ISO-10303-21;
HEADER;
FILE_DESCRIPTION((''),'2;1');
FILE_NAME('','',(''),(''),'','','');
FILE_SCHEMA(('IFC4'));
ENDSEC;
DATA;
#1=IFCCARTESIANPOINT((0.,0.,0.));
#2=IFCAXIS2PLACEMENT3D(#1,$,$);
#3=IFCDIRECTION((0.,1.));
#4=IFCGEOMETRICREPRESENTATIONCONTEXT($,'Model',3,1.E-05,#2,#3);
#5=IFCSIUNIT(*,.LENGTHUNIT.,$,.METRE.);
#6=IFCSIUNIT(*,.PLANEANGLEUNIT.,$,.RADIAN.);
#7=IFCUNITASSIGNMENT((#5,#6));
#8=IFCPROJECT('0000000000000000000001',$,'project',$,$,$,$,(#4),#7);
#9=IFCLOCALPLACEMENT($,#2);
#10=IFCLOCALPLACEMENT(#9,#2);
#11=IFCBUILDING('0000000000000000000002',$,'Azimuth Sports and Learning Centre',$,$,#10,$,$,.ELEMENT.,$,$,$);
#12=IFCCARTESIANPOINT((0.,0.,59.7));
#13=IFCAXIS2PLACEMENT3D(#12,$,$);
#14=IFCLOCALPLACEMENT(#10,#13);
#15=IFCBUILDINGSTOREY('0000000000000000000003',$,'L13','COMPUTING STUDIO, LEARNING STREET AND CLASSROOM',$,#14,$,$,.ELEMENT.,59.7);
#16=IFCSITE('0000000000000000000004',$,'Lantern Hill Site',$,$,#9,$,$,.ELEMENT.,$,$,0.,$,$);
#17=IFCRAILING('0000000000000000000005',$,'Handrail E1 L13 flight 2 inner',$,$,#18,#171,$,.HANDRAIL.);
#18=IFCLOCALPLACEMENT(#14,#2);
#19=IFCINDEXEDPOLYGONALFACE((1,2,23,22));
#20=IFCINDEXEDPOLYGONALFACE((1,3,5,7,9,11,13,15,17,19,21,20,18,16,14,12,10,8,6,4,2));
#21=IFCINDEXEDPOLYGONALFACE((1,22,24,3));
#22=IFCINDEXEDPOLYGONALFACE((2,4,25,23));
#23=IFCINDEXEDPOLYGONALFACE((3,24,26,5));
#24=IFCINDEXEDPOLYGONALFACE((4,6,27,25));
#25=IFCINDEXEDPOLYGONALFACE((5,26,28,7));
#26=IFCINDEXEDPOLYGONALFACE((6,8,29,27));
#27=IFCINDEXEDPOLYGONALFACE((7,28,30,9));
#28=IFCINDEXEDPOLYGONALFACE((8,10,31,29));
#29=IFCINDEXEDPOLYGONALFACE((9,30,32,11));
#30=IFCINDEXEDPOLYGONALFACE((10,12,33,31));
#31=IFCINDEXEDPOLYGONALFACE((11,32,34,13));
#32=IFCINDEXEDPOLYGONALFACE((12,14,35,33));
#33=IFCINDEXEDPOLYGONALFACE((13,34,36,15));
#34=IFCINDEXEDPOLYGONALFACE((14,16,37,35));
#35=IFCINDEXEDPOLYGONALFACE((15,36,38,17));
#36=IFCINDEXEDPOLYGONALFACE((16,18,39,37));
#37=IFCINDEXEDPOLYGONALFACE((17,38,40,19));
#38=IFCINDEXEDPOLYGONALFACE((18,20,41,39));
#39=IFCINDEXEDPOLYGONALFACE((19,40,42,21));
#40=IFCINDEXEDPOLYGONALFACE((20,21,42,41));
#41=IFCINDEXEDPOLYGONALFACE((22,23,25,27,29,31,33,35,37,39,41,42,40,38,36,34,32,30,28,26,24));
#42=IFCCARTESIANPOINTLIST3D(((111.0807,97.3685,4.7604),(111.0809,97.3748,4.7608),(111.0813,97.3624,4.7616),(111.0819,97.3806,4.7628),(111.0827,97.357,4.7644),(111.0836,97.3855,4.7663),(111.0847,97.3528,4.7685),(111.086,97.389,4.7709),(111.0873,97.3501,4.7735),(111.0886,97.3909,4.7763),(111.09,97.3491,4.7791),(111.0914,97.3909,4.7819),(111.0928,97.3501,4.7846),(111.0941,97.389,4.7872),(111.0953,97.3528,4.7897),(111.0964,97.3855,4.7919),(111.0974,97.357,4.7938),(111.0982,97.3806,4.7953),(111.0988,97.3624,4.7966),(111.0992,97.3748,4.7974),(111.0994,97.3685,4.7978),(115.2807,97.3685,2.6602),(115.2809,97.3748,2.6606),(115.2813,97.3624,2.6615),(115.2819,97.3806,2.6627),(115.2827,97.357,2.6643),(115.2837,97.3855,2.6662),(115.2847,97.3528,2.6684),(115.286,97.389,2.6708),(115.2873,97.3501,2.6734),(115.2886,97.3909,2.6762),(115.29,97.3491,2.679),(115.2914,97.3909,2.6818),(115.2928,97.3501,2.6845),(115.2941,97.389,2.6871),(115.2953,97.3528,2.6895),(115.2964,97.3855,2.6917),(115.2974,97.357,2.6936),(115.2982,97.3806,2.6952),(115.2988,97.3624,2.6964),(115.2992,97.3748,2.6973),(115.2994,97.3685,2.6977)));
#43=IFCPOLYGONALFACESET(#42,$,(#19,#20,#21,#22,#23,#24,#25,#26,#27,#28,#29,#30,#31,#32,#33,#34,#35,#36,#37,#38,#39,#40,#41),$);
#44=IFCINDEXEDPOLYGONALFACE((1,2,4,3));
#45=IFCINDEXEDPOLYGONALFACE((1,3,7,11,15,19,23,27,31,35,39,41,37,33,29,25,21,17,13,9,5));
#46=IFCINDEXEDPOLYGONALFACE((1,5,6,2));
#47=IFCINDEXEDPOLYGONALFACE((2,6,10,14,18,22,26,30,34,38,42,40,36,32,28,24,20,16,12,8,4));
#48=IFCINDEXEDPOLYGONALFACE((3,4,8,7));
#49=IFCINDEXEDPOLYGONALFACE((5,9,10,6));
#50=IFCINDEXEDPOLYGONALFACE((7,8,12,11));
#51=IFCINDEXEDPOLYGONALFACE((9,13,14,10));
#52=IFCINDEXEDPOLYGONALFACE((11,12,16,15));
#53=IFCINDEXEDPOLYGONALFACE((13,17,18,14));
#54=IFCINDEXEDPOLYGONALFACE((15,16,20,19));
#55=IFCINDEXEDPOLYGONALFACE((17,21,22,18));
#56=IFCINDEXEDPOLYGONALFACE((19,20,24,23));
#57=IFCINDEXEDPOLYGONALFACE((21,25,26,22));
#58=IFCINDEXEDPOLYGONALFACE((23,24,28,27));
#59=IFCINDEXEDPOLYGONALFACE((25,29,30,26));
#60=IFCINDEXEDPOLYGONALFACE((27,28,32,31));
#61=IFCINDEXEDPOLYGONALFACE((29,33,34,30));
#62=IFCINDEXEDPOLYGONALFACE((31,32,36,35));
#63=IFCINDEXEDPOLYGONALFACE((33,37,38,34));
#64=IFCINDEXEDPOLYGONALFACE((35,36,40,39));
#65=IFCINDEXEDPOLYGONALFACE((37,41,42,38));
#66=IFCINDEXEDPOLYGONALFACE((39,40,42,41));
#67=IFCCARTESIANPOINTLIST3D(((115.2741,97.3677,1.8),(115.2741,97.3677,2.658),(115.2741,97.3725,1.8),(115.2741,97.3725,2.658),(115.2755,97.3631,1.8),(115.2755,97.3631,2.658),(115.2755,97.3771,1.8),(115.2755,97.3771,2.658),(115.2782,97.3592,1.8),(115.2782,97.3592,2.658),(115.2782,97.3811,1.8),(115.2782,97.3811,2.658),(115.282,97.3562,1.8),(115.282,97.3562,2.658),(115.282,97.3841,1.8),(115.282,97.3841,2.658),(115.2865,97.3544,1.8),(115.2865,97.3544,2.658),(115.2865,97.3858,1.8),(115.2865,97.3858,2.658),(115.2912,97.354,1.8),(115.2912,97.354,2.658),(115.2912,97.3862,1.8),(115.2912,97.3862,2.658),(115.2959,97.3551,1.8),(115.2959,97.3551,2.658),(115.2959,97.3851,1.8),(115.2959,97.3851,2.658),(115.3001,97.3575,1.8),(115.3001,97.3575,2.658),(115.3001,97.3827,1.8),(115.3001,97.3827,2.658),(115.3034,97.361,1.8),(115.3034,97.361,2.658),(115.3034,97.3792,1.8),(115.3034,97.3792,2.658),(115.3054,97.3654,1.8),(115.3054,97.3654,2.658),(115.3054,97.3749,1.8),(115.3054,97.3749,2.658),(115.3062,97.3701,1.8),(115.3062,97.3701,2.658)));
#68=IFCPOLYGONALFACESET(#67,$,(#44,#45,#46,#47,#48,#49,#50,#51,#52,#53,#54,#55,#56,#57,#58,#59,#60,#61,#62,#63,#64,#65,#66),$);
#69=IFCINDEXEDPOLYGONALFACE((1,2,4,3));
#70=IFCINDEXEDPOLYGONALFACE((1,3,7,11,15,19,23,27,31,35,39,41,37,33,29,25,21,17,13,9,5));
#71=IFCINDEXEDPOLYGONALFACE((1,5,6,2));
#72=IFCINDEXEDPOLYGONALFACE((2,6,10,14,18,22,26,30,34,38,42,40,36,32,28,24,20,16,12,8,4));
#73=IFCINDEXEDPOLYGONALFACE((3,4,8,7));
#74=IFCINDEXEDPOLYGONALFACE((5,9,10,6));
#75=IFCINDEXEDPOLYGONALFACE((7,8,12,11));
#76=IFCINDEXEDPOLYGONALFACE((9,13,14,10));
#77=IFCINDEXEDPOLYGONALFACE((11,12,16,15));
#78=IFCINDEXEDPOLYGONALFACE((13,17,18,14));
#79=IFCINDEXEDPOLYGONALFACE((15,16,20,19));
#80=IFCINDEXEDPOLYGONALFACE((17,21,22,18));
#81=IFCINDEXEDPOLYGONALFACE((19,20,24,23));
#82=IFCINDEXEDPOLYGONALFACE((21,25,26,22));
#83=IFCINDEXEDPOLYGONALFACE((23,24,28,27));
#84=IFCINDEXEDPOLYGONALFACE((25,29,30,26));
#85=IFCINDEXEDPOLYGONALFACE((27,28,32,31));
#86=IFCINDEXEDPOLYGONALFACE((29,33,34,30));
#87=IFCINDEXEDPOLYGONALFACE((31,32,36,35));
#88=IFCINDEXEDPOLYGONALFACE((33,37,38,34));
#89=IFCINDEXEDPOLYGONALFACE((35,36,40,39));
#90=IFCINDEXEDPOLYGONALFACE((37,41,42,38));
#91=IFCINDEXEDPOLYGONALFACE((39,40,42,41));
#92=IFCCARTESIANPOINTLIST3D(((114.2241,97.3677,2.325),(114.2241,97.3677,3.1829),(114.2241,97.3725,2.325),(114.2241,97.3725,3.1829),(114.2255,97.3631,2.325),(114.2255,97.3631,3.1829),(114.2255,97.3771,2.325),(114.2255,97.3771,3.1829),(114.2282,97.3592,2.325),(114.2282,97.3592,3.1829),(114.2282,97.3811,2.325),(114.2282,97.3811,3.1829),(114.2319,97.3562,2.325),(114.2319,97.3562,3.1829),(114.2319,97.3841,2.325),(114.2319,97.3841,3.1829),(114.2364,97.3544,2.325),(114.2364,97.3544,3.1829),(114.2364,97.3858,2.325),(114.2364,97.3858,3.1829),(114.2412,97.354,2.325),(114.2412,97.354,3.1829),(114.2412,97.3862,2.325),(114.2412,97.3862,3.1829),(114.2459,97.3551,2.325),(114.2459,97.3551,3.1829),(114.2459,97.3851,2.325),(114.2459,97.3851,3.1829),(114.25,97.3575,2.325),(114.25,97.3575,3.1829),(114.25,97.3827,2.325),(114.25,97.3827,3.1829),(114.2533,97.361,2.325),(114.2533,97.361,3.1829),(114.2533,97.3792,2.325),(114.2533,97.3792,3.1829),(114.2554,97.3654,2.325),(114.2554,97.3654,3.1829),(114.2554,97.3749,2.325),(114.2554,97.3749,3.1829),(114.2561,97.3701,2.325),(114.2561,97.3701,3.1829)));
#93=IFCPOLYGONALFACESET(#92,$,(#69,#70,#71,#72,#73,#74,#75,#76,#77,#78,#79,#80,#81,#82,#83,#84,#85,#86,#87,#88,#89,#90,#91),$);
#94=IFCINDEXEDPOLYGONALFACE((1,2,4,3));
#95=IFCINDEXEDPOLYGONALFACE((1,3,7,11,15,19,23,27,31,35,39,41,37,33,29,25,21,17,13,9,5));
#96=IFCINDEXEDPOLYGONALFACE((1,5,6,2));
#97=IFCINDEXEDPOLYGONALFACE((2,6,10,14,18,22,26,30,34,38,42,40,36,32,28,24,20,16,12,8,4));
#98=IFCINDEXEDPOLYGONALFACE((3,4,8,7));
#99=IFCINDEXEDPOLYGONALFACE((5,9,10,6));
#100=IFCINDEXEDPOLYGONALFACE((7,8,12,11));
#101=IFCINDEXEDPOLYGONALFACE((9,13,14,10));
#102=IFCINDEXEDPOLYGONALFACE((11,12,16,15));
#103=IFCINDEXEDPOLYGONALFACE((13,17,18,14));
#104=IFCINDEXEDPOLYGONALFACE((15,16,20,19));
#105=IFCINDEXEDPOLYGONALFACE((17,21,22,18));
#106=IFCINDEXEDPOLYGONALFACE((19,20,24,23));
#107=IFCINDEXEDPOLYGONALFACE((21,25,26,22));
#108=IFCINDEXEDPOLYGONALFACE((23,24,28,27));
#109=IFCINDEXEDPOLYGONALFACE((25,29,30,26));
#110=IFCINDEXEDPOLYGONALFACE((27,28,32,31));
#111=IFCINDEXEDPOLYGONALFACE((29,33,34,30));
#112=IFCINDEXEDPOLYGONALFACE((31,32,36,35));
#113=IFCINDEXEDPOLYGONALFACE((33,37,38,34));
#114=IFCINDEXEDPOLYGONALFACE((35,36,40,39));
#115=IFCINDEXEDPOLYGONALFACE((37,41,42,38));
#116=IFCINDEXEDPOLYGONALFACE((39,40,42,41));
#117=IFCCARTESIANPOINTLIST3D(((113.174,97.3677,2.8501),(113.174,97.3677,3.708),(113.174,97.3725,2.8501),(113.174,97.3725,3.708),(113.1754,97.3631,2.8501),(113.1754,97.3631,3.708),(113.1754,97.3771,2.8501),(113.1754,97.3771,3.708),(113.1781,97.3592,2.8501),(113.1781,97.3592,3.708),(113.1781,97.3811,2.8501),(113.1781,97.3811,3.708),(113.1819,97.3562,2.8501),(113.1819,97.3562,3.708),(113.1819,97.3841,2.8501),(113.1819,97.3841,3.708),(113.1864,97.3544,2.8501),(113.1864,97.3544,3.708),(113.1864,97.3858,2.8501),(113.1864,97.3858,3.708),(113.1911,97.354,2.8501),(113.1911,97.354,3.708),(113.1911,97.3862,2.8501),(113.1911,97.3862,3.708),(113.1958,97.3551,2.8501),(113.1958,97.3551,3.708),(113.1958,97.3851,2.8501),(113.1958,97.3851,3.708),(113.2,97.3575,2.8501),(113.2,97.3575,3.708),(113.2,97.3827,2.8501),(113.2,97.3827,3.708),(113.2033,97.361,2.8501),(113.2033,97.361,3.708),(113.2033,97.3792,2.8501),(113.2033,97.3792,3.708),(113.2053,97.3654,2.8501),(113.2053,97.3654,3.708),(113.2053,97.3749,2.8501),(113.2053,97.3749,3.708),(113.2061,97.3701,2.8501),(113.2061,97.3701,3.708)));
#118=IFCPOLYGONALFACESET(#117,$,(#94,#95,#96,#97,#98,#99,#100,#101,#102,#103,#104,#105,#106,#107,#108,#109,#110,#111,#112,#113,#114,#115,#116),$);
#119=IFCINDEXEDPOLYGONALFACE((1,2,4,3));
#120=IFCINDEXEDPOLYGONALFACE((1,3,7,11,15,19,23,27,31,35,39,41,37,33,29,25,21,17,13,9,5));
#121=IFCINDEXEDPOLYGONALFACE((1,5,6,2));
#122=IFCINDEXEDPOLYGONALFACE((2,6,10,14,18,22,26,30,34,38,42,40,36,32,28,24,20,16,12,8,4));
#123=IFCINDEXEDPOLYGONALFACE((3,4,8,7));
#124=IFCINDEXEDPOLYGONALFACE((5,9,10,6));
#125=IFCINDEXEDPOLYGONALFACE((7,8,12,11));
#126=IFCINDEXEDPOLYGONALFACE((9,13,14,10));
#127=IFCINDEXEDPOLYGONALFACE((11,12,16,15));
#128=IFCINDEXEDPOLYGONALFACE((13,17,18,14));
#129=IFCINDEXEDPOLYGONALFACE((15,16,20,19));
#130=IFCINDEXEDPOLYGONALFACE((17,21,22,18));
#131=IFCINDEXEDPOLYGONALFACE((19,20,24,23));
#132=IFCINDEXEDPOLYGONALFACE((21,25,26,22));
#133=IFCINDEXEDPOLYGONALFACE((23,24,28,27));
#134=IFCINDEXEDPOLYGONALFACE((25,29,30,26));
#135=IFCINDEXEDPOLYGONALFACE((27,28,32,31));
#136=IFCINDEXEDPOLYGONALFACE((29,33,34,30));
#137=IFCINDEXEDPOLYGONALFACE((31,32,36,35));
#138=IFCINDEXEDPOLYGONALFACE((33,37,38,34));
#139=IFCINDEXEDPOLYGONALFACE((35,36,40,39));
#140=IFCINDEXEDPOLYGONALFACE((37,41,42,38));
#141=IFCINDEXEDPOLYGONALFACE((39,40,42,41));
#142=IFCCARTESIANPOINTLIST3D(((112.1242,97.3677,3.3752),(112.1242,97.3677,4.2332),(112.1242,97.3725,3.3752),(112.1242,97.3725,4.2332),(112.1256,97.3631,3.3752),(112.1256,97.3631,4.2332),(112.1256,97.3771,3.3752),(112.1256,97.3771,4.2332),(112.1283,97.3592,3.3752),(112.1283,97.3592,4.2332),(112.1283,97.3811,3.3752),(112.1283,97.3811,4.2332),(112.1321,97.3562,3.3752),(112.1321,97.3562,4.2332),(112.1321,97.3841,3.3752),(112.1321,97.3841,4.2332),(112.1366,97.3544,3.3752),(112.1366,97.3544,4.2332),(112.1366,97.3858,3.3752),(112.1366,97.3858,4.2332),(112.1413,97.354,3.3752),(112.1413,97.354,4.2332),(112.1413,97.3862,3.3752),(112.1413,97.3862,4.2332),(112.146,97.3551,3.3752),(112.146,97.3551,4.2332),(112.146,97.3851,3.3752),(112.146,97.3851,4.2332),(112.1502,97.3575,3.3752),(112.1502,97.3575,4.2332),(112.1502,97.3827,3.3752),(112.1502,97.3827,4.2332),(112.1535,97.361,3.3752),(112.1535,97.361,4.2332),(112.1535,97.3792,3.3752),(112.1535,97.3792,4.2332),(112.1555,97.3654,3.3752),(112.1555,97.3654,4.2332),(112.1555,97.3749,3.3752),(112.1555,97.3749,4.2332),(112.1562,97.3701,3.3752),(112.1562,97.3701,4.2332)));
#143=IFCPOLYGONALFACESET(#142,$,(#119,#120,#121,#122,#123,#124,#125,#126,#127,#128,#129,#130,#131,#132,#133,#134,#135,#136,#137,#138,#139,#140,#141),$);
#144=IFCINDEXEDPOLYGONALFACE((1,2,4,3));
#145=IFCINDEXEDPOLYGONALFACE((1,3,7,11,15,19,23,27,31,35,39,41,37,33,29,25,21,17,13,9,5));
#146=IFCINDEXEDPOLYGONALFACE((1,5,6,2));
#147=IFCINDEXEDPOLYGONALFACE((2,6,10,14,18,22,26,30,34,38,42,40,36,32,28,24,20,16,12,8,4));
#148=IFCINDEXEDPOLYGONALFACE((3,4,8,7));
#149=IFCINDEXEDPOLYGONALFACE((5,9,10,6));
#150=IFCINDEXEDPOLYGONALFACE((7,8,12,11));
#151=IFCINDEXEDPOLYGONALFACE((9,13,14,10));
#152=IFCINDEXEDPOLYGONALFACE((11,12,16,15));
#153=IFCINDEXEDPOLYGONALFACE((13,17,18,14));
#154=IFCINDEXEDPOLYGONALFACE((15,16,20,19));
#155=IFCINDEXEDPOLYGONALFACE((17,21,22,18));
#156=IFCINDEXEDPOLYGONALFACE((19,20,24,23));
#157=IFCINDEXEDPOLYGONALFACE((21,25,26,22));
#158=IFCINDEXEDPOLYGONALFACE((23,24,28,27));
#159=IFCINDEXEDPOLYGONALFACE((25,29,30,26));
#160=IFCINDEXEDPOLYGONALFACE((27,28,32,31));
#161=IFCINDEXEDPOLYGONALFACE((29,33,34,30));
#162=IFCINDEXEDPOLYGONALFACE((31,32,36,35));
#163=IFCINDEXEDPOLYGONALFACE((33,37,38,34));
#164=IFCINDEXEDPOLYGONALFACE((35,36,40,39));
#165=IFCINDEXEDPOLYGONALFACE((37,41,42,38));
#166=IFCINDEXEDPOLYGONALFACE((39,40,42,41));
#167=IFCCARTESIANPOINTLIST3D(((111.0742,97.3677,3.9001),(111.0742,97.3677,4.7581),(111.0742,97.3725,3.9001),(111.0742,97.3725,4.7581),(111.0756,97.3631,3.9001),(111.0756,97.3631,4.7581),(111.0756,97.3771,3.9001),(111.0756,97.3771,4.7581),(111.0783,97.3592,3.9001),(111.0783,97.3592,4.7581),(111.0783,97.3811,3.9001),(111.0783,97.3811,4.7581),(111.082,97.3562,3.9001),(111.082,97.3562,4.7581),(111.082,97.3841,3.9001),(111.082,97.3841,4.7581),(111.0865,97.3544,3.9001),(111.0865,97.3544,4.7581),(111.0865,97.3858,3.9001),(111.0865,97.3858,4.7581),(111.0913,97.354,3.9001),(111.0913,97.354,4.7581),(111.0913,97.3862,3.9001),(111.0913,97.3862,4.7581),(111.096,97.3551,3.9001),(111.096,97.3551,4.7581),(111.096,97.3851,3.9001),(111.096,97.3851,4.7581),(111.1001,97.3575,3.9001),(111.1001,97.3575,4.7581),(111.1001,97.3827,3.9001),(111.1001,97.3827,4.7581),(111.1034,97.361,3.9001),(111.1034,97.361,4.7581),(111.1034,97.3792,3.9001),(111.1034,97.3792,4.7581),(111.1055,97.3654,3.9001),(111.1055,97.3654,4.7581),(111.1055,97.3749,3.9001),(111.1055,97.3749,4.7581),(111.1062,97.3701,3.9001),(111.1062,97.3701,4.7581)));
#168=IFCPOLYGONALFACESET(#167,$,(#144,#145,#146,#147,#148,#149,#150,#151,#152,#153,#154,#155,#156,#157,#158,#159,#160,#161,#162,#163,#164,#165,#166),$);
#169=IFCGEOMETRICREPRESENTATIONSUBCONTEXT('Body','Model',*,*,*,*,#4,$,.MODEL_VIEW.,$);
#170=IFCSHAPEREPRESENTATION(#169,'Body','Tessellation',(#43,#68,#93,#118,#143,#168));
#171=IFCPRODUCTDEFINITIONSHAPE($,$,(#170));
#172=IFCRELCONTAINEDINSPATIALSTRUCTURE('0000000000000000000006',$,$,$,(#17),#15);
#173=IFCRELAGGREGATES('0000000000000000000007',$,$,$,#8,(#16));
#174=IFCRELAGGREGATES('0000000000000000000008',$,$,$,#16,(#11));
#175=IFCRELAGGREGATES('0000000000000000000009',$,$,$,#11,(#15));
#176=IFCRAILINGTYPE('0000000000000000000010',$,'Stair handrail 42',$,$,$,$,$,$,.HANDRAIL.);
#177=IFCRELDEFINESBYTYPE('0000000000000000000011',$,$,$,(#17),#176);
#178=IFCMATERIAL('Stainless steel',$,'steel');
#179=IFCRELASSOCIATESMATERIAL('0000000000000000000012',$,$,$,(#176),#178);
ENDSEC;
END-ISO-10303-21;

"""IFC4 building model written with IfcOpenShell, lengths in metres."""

from ifc_helpers import new_model, si_unit, direction, frame, origin, origin_2d, place, context, subcontext, project, spatial, circle, extrude, material, type_object, element, save


model = new_model("IFC4")

# Units and contexts
model_context = context("Model", 3, precision=1e-05, world=origin(), true_north=direction((0.0, 1.0)))
body_context = subcontext(model_context, "Body", "Model", "MODEL_VIEW")
ifc_project = project(units=[si_unit("LENGTHUNIT", "METRE"), si_unit("PLANEANGLEUNIT", "RADIAN")], contexts=[model_context])

# Site, building, storey
site_placement = place(None, origin())
site = spatial("IfcSite", under=ifc_project, at=site_placement, Name="Lantern Hill Site", CompositionType="ELEMENT", RefElevation=0.0)
building_placement = place(site_placement, origin())
building = spatial("IfcBuilding", under=site, at=building_placement, Name="Azimuth Sports and Learning Centre", CompositionType="ELEMENT")
storey_placement = place(building_placement, frame((0.0, 0.0, 59.7)))
storey = spatial("IfcBuildingStorey", under=building, at=storey_placement, Name="L13", Description="COMPUTING STUDIO, LEARNING STREET AND CLASSROOM", CompositionType="ELEMENT", Elevation=59.7)

# Railing
ifc_material_1 = material(Name="Stainless steel", Category="steel")
railing_type_1 = type_object("IfcRailingType", Name="Stair handrail 42", PredefinedType="HANDRAIL", material=ifc_material_1)
for number, where, name in (
    (1, (115.29, 97.3701, 1.8), "Handrail E1 L13 flight 2 inner"),
):
    element("IfcRailing", number, at=place(storey_placement, frame(where)), inside=storey, type_object=railing_type_1, Name=name, PredefinedType="HANDRAIL", context=body_context, shape_type="SweptSolid", body=[
        extrude(circle(Radius=0.021, at=origin_2d()), frame((0.0, 0.0, 0.8789), z_axis=(-0.894417, 0.0, 0.447234), x_axis=(0.0, -1.0, 0.0)), (0.0, 0.0, 1.0), 4.6958),
        extrude(circle(Radius=0.0161, at=origin_2d()), origin(), (0.0, 0.0, 1.0), 0.8579),
        extrude(circle(Radius=0.0161, at=origin_2d()), frame((-1.05, 0.0, 0.5249)), (0.0, 0.0, 1.0), 0.8579),
        extrude(circle(Radius=0.0161, at=origin_2d()), frame((-2.1001, 0.0, 1.05)), (0.0, 0.0, 1.0), 0.8579),
        extrude(circle(Radius=0.0161, at=origin_2d()), frame((-3.1499, 0.0, 1.5752)), (0.0, 0.0, 1.0), 0.8579),
        extrude(circle(Radius=0.0161, at=origin_2d()), frame((-4.2, 0.0, 2.1001)), (0.0, 0.0, 1.0), 0.8579),
    ])

save(model, "model.ifc")
